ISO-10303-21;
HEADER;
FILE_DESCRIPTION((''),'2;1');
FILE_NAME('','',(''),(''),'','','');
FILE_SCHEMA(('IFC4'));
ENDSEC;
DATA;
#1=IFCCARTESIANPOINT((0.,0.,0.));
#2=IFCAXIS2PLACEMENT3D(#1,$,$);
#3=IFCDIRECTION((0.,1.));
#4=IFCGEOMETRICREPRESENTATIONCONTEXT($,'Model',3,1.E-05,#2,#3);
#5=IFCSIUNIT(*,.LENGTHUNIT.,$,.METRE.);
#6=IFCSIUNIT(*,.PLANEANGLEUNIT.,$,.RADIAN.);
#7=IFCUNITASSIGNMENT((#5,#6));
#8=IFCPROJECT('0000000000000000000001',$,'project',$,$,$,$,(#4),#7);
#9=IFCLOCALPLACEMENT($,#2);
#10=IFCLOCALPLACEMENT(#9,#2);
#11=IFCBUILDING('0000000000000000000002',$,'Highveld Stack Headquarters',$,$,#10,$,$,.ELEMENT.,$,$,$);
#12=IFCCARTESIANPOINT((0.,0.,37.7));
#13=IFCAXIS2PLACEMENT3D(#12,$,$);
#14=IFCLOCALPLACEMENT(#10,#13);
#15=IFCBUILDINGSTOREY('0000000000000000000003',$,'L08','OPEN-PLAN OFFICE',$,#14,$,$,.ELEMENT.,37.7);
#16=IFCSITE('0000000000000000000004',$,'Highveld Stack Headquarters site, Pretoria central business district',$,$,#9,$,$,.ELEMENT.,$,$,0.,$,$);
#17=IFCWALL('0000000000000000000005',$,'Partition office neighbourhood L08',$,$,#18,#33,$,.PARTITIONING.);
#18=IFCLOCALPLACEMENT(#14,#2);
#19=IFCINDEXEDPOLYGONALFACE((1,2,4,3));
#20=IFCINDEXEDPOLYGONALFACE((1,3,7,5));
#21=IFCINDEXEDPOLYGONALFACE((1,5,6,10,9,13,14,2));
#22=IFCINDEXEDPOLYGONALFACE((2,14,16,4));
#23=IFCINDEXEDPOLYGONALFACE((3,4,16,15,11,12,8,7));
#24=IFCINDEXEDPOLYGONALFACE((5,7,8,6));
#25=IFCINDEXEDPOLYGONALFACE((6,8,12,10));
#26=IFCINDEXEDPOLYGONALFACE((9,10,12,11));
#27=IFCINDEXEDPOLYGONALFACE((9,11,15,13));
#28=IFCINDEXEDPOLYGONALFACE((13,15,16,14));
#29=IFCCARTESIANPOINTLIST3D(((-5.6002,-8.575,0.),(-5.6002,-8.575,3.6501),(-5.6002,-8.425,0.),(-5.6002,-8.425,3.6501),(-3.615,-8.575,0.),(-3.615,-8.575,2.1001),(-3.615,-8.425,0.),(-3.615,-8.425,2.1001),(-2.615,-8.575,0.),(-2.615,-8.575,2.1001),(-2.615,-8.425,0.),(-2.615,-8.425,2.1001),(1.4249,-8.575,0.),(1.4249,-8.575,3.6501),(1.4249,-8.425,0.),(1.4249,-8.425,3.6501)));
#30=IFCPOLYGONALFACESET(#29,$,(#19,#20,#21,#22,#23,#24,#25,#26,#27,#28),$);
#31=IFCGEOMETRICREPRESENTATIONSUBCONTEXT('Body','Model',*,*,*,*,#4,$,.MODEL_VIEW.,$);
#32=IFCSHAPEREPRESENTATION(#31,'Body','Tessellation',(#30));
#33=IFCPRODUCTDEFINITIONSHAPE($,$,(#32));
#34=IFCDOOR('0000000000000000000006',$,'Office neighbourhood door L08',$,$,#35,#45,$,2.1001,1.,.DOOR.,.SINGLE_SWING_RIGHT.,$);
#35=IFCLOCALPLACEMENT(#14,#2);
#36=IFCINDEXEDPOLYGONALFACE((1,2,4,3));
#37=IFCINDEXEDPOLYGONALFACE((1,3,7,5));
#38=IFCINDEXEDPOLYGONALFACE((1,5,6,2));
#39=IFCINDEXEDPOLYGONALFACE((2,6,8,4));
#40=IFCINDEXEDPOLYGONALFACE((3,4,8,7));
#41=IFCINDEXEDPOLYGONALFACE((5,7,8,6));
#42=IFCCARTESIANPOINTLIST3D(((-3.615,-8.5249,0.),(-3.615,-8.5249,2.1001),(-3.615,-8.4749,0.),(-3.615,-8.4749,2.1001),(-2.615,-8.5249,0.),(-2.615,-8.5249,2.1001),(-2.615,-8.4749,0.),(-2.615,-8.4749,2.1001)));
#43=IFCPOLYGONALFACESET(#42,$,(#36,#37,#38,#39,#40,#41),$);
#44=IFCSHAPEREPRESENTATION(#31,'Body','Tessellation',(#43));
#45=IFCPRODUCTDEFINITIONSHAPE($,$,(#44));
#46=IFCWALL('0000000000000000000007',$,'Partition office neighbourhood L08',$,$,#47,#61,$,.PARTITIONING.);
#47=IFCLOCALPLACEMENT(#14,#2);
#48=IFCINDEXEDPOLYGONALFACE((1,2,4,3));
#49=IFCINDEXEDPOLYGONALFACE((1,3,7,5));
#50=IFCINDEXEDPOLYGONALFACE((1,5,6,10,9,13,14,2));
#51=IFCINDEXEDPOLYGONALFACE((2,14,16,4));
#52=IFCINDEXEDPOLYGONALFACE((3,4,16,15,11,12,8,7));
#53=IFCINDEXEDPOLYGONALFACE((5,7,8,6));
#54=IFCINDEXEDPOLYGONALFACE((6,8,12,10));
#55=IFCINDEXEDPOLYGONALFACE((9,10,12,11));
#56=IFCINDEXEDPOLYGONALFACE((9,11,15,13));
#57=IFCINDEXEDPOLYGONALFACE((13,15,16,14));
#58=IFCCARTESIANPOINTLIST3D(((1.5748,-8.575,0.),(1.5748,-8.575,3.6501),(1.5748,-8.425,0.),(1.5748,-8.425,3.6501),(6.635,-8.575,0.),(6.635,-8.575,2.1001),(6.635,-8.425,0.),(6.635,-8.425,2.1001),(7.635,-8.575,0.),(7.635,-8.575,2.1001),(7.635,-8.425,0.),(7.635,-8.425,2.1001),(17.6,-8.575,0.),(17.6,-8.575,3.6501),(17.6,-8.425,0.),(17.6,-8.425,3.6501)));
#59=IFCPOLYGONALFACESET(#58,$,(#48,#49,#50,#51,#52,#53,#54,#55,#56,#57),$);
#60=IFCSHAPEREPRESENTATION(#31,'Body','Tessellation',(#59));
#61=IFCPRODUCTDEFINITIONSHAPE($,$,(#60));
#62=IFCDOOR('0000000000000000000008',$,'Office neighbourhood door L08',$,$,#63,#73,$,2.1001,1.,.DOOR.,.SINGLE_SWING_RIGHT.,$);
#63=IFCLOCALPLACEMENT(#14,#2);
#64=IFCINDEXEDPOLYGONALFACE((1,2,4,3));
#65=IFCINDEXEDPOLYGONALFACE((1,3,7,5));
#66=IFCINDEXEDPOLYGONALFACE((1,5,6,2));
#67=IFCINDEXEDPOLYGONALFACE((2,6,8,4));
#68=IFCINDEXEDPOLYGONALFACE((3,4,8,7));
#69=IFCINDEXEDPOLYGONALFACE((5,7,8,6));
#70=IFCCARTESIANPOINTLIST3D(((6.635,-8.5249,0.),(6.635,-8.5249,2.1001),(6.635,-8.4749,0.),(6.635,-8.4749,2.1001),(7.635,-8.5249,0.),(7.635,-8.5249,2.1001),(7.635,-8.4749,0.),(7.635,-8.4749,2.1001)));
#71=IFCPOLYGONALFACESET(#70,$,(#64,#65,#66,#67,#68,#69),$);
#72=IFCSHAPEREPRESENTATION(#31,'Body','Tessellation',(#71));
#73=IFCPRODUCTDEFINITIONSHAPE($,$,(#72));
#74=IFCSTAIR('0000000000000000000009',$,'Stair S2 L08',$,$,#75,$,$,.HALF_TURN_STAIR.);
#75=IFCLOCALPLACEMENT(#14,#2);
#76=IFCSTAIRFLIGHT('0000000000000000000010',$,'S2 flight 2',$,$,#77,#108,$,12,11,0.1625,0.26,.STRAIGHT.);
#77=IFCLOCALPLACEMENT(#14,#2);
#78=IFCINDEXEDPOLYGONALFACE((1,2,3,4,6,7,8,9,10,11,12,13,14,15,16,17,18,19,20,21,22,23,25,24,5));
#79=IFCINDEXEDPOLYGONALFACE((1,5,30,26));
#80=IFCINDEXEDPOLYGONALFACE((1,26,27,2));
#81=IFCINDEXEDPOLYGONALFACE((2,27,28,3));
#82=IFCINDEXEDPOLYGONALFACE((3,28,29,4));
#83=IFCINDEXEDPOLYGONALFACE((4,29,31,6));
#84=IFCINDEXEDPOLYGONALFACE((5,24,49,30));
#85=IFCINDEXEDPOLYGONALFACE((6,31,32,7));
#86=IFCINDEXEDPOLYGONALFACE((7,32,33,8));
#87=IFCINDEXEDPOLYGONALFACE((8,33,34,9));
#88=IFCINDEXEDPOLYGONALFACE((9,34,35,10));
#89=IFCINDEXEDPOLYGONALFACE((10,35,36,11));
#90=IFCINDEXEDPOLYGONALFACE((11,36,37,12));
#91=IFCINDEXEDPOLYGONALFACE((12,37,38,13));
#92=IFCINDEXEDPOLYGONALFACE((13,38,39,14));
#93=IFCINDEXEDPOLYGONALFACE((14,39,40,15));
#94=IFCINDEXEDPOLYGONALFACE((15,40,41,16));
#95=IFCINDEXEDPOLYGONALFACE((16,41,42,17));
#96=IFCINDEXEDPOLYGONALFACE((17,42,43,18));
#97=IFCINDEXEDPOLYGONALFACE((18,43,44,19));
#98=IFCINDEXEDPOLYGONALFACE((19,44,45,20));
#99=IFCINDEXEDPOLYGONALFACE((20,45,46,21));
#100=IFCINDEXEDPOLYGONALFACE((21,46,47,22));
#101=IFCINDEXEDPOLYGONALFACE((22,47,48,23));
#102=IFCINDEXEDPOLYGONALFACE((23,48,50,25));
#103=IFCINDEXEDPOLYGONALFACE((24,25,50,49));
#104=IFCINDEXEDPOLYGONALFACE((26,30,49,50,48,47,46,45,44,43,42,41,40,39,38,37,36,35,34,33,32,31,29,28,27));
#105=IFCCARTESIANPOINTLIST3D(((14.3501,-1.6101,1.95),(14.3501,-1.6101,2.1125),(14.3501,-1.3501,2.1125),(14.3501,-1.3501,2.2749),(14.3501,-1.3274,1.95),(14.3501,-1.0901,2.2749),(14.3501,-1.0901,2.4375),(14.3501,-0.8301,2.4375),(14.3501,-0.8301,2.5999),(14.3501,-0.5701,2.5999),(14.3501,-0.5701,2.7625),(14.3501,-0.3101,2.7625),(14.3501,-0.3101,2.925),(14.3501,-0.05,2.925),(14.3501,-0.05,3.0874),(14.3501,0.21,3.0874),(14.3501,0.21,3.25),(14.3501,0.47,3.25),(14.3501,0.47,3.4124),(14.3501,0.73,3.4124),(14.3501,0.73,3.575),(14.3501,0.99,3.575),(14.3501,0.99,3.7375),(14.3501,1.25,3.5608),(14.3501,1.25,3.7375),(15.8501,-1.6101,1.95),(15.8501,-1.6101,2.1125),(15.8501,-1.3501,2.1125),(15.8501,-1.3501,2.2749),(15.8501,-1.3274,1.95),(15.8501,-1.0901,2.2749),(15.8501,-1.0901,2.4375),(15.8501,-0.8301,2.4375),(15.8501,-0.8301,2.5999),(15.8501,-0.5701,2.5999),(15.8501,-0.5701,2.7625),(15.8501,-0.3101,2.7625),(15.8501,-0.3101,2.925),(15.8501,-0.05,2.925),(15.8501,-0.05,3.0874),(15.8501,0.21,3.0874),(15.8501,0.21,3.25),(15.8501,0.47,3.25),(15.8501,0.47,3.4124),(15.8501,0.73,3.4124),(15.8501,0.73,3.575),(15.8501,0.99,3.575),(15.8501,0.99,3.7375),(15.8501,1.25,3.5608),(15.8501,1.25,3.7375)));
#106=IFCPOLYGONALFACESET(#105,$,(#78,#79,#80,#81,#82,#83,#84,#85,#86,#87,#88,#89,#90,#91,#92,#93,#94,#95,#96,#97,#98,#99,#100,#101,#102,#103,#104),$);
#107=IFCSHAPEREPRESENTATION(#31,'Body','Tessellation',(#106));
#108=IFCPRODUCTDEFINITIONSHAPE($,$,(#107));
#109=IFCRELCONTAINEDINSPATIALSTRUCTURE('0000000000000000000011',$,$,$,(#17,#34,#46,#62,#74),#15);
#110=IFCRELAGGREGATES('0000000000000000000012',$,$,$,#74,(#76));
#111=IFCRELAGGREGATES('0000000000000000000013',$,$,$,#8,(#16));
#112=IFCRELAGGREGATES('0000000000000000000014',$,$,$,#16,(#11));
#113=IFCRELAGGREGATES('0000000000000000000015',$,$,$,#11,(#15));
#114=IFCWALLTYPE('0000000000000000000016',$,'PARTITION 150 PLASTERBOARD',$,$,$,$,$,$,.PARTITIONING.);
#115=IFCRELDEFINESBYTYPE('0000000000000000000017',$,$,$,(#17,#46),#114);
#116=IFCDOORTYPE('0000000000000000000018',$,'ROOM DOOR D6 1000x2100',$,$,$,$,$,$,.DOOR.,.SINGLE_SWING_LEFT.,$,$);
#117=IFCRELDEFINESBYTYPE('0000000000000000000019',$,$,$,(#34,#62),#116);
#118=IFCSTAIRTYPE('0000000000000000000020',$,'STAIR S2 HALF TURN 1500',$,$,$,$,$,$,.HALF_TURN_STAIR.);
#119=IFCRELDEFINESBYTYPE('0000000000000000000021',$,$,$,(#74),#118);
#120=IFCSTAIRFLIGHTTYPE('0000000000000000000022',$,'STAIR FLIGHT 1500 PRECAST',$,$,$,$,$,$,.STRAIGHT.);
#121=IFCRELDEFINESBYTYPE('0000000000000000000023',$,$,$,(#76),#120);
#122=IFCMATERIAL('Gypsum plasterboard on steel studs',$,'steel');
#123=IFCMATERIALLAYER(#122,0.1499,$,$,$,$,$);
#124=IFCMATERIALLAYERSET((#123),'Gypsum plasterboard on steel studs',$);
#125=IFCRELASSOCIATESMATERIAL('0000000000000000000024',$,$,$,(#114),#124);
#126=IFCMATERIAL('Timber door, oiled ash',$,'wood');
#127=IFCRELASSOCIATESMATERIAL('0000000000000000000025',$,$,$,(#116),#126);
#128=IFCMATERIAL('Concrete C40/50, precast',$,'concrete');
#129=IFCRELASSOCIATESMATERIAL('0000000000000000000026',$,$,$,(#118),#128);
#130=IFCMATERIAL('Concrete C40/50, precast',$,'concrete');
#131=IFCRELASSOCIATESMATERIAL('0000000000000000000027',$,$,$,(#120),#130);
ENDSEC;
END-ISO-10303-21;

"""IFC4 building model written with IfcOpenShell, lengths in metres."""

from ifc_helpers import new_model, si_unit, direction, frame, frame_2d, origin, place, context, subcontext, project, spatial, polyline, rectangle, outline, extrude, material, layer, layer_set, type_object, element, fill, aggregate, save


model = new_model("IFC4")

# Units and contexts
model_context = context("Model", 3, precision=1e-05, world=origin(), true_north=direction((0.0, 1.0)))
body_context = subcontext(model_context, "Body", "Model", "MODEL_VIEW")
ifc_project = project(units=[si_unit("LENGTHUNIT", "METRE"), si_unit("PLANEANGLEUNIT", "RADIAN")], contexts=[model_context])

# Site, building, storey
site_placement = place(None, origin())
site = spatial("IfcSite", under=ifc_project, at=site_placement, Name="Highveld Stack Headquarters site, Pretoria central business district", CompositionType="ELEMENT", RefElevation=0.0)
building_placement = place(site_placement, origin())
building = spatial("IfcBuilding", under=site, at=building_placement, Name="Highveld Stack Headquarters", CompositionType="ELEMENT")
storey_placement = place(building_placement, frame((0.0, 0.0, 37.7)))
storey = spatial("IfcBuildingStorey", under=building, at=storey_placement, Name="L08", Description="OPEN-PLAN OFFICE", CompositionType="ELEMENT", Elevation=37.7)

# Shared definitions
ifc_material_1 = material(Name="Gypsum plasterboard on steel studs", Category="steel")
ifc_layer_1 = layer(ifc_material_1, 0.1499)
ifc_layer_set_1 = layer_set([ifc_layer_1], Name="Gypsum plasterboard on steel studs")
wall_type_1 = type_object("IfcWallType", Name="PARTITION 150 PLASTERBOARD", PredefinedType="PARTITIONING", material=ifc_layer_set_1)
ifc_material_2 = material(Name="Timber door, oiled ash", Category="wood")
door_type = type_object("IfcDoorType", Name="ROOM DOOR D6 1000x2100", OperationType="SINGLE_SWING_LEFT", PredefinedType="DOOR", material=ifc_material_2)

# Walls, openings, doors
wall_1_placement = place(storey_placement, frame((1.425, -8.5, 0.0), z_axis=(0.0, 0.0, 1.0), x_axis=(-1.0, 0.0, 0.0)))
wall_1 = element("IfcWall", 1, at=wall_1_placement, inside=storey, type_object=wall_type_1, Name="Partition office neighbourhood L08", PredefinedType="PARTITIONING", context=body_context, shape_type="SweptSolid", body=[
    extrude(rectangle(XDim=7.0251, YDim=0.1499, at=frame_2d((3.5127, 0.0))), origin(), (0.0, 0.0, 1.0), 3.6501),
])
opening_1_placement = place(wall_1_placement, frame((4.04, 0.0, 0.0)))
opening_1 = element("IfcOpeningElement", 2, at=opening_1_placement, cuts=wall_1, PredefinedType="OPENING", context=body_context, shape_type="SweptSolid", body=[
    extrude(rectangle(XDim=1.0, YDim=2.1001, at=frame_2d((0.5, 1.05))), frame((0.0, 0.085, 0.0), z_axis=(0.0, -1.0, 0.0), x_axis=(1.0, 0.0, 0.0)), (0.0, 0.0, 1.0), 0.1699),
])
door_1_placement = place(opening_1_placement, origin())
door_1 = element("IfcDoor", 3, at=door_1_placement, inside=storey, type_object=door_type, Name="Office neighbourhood door L08", OperationType="SINGLE_SWING_RIGHT", OverallHeight=2.1001, OverallWidth=1.0, PredefinedType="DOOR", context=body_context, shape_type="SweptSolid", body=[
    extrude(rectangle(XDim=1.0, YDim=2.1001, at=frame_2d((0.5, 1.05))), frame((0.0, 0.0249, 0.0), z_axis=(0.0, -1.0, 0.0), x_axis=(1.0, 0.0, 0.0)), (0.0, 0.0, 1.0), 0.05),
])
fill(opening_1, door_1)
wall_2_placement = place(storey_placement, frame((17.6001, -8.5, 0.0), z_axis=(0.0, 0.0, 1.0), x_axis=(-1.0, 0.0, 0.0)))
wall_2 = element("IfcWall", 4, at=wall_2_placement, inside=storey, type_object=wall_type_1, Name="Partition office neighbourhood L08", PredefinedType="PARTITIONING", context=body_context, shape_type="SweptSolid", body=[
    extrude(rectangle(XDim=16.0251, YDim=0.1499, at=frame_2d((8.0127, 0.0))), origin(), (0.0, 0.0, 1.0), 3.6501),
])
opening_2_placement = place(wall_2_placement, frame((9.9651, 0.0, 0.0)))
opening_2 = element("IfcOpeningElement", 5, at=opening_2_placement, cuts=wall_2, PredefinedType="OPENING", context=body_context, shape_type="SweptSolid", body=[
    extrude(rectangle(XDim=1.0, YDim=2.1001, at=frame_2d((0.5, 1.05))), frame((0.0, 0.085, 0.0), z_axis=(0.0, -1.0, 0.0), x_axis=(1.0, 0.0, 0.0)), (0.0, 0.0, 1.0), 0.1699),
])
door_2_placement = place(opening_2_placement, origin())
door_2 = element("IfcDoor", 6, at=door_2_placement, inside=storey, type_object=door_type, Name="Office neighbourhood door L08", OperationType="SINGLE_SWING_RIGHT", OverallHeight=2.1001, OverallWidth=1.0, PredefinedType="DOOR", context=body_context, shape_type="SweptSolid", body=[
    extrude(rectangle(XDim=1.0, YDim=2.1001, at=frame_2d((0.5, 1.05))), frame((0.0, 0.0249, 0.0), z_axis=(0.0, -1.0, 0.0), x_axis=(1.0, 0.0, 0.0)), (0.0, 0.0, 1.0), 0.05),
])
fill(opening_2, door_2)

# Stair, stair flight
ifc_material_3 = material(Name="Concrete C40/50, precast", Category="concrete")
stair_type_1 = type_object("IfcStairType", Name="STAIR S2 HALF TURN 1500", PredefinedType="HALF_TURN_STAIR", material=ifc_material_3)
stair_1_placement = place(storey_placement, origin())
stair_1 = element("IfcStair", 7, at=stair_1_placement, inside=storey, type_object=stair_type_1, Name="Stair S2 L08", PredefinedType="HALF_TURN_STAIR")
ifc_material_4 = material(Name="Concrete C40/50, precast", Category="concrete")
stair_flight_type = type_object("IfcStairFlightType", Name="STAIR FLIGHT 1500 PRECAST", PredefinedType="STRAIGHT", material=ifc_material_4)
stair_flight_placement = place(storey_placement, frame((15.1001, -1.6101, 1.95), z_axis=(0.0, 0.0, 1.0), x_axis=(0.0, 1.0, 0.0)))
stair_flight = element("IfcStairFlight", 8, at=stair_flight_placement, type_object=stair_flight_type, Name="S2 flight 2", NumberOfRisers=12, NumberOfTreads=11, PredefinedType="STRAIGHT", RiserHeight=0.1625, TreadLength=0.26, context=body_context, shape_type="SweptSolid", body=[
    extrude(outline(polyline([(0.0, 0.0), (0.0, 0.1626), (0.26, 0.1626), (0.26, 0.325), (0.52, 0.325), (0.52, 0.4875), (0.78, 0.4875), (0.78, 0.6499), (1.04, 0.6499), (1.04, 0.8125), (1.3, 0.8125), (1.3, 0.9751), (1.5601, 0.9751), (1.5601, 1.1375), (1.8201, 1.1375), (1.8201, 1.3), (2.0801, 1.3), (2.0801, 1.4624), (2.3401, 1.4624), (2.3401, 1.625), (2.6001, 1.625), (2.6001, 1.7876), (2.8601, 1.7876), (2.8601, 1.95), (2.8601, 1.6108), (0.2827, 0.0), (0.0, 0.0)])), frame((0.0, 0.75, 0.0), z_axis=(0.0, -1.0, 0.0), x_axis=(1.0, 0.0, 0.0)), (0.0, 0.0, 1.0), 1.5),
])
aggregate(stair_1, [stair_flight])

save(model, "model.ifc")
